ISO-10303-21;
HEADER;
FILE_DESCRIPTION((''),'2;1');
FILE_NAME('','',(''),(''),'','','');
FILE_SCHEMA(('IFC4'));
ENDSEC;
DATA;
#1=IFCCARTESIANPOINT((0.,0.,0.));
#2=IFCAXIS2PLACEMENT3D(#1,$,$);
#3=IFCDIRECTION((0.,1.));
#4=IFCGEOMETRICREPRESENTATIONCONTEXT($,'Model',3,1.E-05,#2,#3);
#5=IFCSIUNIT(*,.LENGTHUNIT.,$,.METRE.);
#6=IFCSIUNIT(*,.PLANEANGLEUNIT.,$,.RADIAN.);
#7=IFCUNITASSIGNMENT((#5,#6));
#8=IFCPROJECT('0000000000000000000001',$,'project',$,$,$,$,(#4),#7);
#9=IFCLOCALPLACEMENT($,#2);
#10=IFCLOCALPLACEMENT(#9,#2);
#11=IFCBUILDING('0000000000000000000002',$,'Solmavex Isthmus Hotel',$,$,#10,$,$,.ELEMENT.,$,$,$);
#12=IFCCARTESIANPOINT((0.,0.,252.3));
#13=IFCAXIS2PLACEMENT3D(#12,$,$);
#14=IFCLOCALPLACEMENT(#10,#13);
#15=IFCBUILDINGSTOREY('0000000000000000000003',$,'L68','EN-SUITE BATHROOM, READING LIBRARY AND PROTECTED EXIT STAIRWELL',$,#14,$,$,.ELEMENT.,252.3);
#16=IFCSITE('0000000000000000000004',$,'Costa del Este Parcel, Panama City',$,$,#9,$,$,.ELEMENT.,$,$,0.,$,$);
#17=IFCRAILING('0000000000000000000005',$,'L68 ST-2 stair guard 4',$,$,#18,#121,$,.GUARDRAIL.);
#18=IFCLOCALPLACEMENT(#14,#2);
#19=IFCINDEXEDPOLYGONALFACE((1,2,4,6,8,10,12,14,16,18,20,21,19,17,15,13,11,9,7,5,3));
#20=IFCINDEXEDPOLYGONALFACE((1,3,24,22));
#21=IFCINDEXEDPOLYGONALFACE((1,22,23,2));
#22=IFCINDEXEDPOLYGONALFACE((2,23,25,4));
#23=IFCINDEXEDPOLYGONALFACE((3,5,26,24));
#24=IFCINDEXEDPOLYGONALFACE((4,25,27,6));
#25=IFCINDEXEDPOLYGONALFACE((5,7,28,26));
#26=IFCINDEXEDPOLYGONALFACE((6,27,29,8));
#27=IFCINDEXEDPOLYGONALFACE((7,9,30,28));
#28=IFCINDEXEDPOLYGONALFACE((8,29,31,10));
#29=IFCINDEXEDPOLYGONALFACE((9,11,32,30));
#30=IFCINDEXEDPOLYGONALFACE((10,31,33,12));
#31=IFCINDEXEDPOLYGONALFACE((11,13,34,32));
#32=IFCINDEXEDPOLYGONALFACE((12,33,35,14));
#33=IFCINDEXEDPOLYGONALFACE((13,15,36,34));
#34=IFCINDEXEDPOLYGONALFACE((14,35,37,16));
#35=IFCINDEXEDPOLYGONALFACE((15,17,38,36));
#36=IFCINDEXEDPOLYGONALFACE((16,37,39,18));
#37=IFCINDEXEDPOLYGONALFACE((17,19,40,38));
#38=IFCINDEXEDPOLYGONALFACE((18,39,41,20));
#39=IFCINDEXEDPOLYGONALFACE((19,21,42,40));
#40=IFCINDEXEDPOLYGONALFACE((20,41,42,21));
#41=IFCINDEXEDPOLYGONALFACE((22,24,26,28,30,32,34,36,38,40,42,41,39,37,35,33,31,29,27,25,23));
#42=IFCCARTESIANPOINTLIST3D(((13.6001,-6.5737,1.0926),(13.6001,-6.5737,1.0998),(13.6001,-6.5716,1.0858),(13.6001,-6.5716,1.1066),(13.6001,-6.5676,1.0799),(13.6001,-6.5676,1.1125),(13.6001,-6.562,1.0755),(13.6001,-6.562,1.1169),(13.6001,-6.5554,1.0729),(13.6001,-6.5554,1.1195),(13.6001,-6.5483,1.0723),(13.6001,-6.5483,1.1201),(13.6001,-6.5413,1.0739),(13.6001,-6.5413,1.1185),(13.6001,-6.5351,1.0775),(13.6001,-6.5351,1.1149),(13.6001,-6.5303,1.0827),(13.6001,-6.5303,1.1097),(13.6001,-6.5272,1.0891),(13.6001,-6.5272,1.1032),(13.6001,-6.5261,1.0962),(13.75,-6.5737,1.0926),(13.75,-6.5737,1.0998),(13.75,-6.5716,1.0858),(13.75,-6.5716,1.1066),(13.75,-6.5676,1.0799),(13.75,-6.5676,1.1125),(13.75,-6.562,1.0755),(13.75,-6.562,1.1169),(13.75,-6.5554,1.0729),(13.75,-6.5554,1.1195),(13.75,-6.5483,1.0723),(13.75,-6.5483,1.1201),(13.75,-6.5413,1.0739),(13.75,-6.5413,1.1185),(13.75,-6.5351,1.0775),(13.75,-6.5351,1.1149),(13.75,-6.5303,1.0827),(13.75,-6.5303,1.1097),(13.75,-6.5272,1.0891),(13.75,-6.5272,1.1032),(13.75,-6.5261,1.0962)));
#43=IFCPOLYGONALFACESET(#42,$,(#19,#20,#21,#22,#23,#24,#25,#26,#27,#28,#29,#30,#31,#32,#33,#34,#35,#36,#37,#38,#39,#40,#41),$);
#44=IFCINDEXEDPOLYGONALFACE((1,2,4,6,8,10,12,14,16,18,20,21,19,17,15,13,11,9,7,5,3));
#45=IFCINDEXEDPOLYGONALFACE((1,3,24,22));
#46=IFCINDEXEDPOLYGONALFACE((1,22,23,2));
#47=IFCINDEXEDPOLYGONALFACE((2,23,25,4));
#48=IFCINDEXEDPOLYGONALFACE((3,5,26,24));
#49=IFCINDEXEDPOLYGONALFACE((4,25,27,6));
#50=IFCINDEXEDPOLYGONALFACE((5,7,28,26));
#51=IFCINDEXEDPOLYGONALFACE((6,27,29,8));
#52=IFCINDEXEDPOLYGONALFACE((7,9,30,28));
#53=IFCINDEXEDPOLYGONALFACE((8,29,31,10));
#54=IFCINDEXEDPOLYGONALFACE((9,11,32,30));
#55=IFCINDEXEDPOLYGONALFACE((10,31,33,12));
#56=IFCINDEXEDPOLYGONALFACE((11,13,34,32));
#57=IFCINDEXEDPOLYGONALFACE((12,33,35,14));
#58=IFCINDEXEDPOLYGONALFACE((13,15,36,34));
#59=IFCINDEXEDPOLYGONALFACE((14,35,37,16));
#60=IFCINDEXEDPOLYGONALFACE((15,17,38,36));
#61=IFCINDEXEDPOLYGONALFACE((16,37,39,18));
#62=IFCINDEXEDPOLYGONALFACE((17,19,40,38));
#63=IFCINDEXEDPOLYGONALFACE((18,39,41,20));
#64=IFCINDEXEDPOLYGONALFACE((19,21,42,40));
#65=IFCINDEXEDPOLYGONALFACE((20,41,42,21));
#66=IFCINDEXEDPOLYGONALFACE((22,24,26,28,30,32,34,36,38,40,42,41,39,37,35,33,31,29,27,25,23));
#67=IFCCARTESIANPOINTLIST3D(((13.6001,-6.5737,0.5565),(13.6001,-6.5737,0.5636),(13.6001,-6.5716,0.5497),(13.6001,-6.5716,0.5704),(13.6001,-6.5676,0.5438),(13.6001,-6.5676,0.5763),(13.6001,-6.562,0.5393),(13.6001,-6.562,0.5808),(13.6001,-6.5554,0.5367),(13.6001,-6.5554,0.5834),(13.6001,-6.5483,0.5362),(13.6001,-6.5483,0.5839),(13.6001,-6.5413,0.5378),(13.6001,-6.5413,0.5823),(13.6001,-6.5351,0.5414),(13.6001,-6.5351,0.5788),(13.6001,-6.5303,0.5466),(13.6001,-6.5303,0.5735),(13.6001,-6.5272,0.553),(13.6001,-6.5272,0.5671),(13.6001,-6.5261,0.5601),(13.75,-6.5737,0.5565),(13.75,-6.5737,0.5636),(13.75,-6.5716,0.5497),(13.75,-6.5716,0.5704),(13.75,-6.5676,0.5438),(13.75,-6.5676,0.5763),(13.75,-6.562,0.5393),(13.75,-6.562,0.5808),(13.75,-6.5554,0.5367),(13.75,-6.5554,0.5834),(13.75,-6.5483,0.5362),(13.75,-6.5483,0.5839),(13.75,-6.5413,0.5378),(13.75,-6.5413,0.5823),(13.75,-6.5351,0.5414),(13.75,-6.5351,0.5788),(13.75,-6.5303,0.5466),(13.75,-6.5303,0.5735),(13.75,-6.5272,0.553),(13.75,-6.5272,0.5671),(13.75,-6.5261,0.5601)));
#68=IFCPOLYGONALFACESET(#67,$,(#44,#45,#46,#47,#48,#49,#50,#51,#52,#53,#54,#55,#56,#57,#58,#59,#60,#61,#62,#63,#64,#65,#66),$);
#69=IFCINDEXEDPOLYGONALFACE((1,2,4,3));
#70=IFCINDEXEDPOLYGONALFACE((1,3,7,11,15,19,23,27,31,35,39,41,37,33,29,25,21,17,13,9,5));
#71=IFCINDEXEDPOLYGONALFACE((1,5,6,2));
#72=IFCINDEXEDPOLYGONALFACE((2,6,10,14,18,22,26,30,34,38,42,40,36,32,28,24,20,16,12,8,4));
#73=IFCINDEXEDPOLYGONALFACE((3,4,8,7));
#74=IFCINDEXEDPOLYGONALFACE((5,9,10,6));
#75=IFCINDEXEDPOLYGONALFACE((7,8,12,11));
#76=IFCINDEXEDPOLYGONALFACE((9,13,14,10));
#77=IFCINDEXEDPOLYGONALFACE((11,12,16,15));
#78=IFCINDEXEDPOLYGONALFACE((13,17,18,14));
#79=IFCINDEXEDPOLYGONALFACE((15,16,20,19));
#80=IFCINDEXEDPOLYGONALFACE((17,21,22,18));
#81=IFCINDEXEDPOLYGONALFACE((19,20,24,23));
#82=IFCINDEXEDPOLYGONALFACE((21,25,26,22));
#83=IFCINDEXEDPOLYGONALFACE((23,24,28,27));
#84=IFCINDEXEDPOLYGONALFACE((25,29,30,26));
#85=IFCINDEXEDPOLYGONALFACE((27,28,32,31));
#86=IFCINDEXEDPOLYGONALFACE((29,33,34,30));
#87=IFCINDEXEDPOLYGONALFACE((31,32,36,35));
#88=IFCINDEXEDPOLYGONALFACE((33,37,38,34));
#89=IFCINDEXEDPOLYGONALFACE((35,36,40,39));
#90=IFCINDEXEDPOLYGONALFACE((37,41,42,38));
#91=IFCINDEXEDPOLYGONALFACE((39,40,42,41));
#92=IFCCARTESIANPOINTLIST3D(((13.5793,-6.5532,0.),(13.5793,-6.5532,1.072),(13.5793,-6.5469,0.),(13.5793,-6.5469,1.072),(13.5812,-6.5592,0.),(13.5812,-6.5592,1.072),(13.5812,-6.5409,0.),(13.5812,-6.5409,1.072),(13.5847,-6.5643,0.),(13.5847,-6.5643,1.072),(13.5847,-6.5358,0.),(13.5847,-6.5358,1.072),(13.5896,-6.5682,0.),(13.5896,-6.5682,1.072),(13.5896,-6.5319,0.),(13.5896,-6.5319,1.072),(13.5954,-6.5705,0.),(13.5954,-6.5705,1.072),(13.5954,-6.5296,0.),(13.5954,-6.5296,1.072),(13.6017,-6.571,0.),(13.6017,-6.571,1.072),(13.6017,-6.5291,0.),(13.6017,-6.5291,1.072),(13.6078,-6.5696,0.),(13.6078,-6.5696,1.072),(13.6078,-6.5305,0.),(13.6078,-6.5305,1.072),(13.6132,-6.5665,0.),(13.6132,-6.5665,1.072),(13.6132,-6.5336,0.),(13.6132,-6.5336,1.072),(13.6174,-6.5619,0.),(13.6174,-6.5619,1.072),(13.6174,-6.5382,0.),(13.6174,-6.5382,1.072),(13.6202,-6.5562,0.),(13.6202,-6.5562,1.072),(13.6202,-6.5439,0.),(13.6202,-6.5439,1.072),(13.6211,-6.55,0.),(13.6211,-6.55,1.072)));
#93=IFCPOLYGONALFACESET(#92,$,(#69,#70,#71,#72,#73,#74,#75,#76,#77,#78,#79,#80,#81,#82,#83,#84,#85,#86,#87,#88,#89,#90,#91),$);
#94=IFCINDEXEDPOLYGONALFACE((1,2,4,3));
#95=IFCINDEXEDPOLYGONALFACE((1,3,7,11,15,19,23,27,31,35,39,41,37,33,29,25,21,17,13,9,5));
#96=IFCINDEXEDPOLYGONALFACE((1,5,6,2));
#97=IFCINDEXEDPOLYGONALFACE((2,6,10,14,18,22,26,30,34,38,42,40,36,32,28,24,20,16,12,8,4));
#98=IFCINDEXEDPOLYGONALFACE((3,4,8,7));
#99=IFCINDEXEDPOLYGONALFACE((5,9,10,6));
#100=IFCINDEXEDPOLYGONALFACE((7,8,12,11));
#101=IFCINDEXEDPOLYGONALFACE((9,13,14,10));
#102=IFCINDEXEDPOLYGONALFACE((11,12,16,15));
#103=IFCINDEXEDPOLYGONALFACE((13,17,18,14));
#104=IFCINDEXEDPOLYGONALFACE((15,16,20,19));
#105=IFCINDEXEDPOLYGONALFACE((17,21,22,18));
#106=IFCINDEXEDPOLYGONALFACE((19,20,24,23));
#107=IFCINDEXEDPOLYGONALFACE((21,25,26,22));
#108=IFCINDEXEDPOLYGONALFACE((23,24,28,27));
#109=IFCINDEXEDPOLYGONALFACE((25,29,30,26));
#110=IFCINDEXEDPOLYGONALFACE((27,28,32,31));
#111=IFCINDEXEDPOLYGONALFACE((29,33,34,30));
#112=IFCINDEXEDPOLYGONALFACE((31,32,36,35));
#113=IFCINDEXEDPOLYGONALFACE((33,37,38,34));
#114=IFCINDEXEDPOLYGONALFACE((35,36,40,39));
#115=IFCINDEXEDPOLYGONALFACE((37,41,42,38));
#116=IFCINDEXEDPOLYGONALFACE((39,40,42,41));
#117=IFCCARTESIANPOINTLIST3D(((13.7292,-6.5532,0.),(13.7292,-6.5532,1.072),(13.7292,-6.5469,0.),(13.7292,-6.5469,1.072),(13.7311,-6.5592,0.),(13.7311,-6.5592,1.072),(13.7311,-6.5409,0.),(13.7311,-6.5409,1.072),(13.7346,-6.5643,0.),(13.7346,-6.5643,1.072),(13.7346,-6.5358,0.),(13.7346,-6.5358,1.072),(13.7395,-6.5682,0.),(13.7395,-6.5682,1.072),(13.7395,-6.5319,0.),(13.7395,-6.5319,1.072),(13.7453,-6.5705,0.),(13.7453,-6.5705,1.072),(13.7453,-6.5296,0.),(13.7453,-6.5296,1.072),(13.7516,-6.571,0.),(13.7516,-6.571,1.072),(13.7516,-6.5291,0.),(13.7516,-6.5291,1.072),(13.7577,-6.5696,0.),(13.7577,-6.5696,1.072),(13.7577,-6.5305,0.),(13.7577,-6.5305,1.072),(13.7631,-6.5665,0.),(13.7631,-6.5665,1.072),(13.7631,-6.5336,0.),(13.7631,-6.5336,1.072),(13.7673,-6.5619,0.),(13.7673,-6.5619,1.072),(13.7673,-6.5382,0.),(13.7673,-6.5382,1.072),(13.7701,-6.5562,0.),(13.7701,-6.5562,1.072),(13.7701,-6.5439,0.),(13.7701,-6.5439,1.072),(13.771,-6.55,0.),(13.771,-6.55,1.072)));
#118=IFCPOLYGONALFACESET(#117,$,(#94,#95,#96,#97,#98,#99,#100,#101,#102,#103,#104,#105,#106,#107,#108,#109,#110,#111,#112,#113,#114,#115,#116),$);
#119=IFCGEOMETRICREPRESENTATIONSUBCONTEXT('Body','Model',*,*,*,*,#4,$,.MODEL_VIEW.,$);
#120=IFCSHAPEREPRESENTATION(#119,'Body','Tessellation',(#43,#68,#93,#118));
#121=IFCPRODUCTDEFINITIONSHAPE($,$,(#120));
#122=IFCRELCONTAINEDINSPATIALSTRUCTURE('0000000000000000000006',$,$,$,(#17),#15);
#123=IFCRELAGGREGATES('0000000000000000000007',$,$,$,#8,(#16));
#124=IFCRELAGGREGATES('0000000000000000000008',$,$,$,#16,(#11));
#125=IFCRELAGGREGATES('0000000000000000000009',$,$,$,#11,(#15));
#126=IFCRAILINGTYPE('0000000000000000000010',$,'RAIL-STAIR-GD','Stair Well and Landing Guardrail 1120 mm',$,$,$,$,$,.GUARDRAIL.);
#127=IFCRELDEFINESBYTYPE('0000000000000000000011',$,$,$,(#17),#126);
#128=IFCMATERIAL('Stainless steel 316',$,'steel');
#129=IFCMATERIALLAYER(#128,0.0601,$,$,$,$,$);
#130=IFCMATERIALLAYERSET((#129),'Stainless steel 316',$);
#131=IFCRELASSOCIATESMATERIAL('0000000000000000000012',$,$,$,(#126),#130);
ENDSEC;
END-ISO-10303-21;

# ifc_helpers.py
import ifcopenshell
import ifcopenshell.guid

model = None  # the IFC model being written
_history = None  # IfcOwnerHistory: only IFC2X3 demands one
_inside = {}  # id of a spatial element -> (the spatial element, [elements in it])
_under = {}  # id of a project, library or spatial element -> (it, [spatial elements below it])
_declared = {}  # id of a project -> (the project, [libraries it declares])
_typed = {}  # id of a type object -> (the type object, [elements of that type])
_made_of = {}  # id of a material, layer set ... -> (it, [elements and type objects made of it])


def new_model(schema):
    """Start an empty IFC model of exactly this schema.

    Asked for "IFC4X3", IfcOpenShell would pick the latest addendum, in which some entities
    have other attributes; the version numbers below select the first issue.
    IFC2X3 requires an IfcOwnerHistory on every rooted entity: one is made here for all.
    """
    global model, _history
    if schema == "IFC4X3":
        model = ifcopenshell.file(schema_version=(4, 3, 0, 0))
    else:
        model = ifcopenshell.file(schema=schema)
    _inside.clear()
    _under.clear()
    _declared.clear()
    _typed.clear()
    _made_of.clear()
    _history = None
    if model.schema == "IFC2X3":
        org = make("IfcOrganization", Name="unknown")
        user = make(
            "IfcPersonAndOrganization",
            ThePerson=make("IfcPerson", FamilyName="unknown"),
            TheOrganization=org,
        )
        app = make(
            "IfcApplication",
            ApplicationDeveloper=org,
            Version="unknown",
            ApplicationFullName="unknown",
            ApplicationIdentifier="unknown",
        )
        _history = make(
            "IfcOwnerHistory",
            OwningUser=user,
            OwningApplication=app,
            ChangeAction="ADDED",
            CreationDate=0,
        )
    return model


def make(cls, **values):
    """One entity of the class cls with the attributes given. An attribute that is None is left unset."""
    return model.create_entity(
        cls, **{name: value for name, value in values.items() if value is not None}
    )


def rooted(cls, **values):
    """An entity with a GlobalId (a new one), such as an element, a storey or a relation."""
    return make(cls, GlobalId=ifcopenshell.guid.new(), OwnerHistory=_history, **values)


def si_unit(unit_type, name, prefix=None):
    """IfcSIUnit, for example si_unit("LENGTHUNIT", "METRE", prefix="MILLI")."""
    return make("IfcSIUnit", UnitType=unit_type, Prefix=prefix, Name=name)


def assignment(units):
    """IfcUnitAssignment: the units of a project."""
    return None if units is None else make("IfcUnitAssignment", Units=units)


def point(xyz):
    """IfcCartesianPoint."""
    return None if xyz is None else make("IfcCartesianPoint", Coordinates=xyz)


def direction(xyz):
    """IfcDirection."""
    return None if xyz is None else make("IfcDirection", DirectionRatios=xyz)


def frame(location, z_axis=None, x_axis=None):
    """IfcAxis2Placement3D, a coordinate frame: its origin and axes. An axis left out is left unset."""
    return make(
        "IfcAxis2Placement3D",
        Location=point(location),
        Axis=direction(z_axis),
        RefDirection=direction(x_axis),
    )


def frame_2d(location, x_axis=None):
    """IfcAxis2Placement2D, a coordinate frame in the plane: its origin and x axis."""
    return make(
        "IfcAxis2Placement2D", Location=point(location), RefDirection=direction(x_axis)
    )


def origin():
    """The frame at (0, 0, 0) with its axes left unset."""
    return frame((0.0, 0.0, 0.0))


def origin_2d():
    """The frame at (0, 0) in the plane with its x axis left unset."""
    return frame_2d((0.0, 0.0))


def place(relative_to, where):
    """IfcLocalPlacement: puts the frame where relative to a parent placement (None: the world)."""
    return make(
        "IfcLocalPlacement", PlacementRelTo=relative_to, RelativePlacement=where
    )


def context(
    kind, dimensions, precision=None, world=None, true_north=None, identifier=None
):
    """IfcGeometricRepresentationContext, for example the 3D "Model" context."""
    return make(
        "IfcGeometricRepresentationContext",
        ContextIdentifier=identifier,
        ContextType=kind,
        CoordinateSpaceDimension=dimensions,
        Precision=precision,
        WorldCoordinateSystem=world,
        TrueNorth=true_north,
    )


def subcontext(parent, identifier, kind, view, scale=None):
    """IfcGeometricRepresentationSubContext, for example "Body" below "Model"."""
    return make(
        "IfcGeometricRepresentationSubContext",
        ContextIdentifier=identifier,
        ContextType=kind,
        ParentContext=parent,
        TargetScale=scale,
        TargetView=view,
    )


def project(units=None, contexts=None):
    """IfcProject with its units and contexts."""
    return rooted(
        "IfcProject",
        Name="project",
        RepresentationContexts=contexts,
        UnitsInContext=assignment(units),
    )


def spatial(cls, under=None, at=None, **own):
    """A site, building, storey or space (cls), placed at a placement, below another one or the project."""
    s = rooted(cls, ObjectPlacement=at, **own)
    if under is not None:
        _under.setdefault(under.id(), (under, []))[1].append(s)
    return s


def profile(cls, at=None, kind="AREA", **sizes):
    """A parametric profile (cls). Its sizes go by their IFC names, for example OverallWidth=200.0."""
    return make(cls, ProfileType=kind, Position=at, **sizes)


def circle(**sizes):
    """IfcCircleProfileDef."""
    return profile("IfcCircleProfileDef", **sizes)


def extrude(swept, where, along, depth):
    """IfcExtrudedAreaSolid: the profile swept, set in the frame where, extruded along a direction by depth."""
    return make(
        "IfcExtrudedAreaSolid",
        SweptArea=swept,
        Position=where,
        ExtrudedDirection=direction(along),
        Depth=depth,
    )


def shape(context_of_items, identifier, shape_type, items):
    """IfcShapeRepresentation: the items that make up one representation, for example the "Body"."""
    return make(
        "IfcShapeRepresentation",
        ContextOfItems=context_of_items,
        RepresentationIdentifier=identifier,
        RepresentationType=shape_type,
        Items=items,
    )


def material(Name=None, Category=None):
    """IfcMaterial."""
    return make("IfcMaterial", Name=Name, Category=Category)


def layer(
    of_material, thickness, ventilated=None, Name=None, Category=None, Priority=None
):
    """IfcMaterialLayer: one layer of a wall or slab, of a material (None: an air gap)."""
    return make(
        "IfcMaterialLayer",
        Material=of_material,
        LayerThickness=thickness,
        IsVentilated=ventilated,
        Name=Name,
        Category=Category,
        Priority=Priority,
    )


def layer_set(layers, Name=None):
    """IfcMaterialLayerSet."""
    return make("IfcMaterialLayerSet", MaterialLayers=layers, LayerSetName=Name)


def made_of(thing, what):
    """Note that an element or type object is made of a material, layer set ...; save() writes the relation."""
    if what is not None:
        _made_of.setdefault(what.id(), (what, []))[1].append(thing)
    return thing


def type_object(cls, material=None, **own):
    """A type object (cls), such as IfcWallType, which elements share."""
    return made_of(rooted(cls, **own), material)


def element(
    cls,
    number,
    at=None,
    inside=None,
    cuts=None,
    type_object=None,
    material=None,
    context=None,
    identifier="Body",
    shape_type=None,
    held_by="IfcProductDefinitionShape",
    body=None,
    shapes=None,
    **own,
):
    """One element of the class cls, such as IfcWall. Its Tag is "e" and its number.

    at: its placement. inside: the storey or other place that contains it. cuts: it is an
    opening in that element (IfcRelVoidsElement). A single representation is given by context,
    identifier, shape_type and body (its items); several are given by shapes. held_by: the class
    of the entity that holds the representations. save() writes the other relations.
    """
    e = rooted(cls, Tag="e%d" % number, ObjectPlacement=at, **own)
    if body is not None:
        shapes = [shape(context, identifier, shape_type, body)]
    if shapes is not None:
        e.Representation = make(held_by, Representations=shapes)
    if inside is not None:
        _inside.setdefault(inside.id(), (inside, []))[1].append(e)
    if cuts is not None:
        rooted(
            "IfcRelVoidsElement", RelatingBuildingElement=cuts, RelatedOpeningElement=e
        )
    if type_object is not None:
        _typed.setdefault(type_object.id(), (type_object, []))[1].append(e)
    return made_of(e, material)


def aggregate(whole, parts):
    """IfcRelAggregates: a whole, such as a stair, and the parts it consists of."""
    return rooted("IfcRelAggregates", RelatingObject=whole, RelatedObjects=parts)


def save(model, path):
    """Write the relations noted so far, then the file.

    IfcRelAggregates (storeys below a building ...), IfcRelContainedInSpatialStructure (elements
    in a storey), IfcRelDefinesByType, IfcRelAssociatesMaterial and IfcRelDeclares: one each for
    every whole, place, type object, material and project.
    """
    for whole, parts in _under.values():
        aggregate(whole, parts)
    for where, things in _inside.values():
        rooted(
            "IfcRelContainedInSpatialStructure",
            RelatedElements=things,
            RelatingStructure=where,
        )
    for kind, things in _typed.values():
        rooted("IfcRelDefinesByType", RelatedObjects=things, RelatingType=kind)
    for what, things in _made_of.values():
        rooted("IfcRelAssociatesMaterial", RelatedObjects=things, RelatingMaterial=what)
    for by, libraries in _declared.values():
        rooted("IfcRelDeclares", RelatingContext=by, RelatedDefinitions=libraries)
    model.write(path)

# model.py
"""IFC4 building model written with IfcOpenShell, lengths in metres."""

from ifc_helpers import new_model, si_unit, direction, frame, origin, origin_2d, place, context, subcontext, project, spatial, circle, extrude, material, layer, layer_set, type_object, element, save


model = new_model("IFC4")

# Units and contexts
model_context = context("Model", 3, precision=1e-05, world=origin(), true_north=direction((0.0, 1.0)))
body_context = subcontext(model_context, "Body", "Model", "MODEL_VIEW")
ifc_project = project(units=[si_unit("LENGTHUNIT", "METRE"), si_unit("PLANEANGLEUNIT", "RADIAN")], contexts=[model_context])

# Site, building, storey
site_placement = place(None, origin())
site = spatial("IfcSite", under=ifc_project, at=site_placement, Name="Costa del Este Parcel, Panama City", CompositionType="ELEMENT", RefElevation=0.0)
building_placement = place(site_placement, origin())
building = spatial("IfcBuilding", under=site, at=building_placement, Name="Solmavex Isthmus Hotel", CompositionType="ELEMENT")
storey_placement = place(building_placement, frame((0.0, 0.0, 252.3)))
storey = spatial("IfcBuildingStorey", under=building, at=storey_placement, Name="L68", Description="EN-SUITE BATHROOM, READING LIBRARY AND PROTECTED EXIT STAIRWELL", CompositionType="ELEMENT", Elevation=252.3)

# Shared definitions
ifc_material_1 = material(Name="Stainless steel 316", Category="steel")

# Railing
ifc_layer_1 = layer(ifc_material_1, 0.0601)
ifc_layer_set_1 = layer_set([ifc_layer_1], Name="Stainless steel 316")
railing_type_1 = type_object("IfcRailingType", Name="RAIL-STAIR-GD", Description="Stair Well and Landing Guardrail 1120 mm", PredefinedType="GUARDRAIL", material=ifc_layer_set_1)
for number, where, name in (
    (1, (13.6001, -6.55, 0.0), "L68 ST-2 stair guard 4"),
):
    element("IfcRailing", number, at=place(storey_placement, frame(where)), inside=storey, type_object=railing_type_1, Name=name, PredefinedType="GUARDRAIL", context=body_context, shape_type="SweptSolid", body=[
        extrude(circle(Radius=0.0239, at=origin_2d()), frame((0.0, 0.0, 1.0962), z_axis=(1.0, 0.0, 0.0), x_axis=(0.0, 1.0, 0.0)), (0.0, 0.0, 1.0), 0.1499),
        extrude(circle(Radius=0.0239, at=origin_2d()), frame((0.0, 0.0, 0.5601), z_axis=(1.0, 0.0, 0.0), x_axis=(0.0, 1.0, 0.0)), (0.0, 0.0, 1.0), 0.1499),
        extrude(circle(Radius=0.021, at=origin_2d()), origin(), (0.0, 0.0, 1.0), 1.072),
        extrude(circle(Radius=0.021, at=origin_2d()), frame((0.1499, 0.0, 0.0)), (0.0, 0.0, 1.0), 1.072),
    ])

save(model, "model.ifc")
